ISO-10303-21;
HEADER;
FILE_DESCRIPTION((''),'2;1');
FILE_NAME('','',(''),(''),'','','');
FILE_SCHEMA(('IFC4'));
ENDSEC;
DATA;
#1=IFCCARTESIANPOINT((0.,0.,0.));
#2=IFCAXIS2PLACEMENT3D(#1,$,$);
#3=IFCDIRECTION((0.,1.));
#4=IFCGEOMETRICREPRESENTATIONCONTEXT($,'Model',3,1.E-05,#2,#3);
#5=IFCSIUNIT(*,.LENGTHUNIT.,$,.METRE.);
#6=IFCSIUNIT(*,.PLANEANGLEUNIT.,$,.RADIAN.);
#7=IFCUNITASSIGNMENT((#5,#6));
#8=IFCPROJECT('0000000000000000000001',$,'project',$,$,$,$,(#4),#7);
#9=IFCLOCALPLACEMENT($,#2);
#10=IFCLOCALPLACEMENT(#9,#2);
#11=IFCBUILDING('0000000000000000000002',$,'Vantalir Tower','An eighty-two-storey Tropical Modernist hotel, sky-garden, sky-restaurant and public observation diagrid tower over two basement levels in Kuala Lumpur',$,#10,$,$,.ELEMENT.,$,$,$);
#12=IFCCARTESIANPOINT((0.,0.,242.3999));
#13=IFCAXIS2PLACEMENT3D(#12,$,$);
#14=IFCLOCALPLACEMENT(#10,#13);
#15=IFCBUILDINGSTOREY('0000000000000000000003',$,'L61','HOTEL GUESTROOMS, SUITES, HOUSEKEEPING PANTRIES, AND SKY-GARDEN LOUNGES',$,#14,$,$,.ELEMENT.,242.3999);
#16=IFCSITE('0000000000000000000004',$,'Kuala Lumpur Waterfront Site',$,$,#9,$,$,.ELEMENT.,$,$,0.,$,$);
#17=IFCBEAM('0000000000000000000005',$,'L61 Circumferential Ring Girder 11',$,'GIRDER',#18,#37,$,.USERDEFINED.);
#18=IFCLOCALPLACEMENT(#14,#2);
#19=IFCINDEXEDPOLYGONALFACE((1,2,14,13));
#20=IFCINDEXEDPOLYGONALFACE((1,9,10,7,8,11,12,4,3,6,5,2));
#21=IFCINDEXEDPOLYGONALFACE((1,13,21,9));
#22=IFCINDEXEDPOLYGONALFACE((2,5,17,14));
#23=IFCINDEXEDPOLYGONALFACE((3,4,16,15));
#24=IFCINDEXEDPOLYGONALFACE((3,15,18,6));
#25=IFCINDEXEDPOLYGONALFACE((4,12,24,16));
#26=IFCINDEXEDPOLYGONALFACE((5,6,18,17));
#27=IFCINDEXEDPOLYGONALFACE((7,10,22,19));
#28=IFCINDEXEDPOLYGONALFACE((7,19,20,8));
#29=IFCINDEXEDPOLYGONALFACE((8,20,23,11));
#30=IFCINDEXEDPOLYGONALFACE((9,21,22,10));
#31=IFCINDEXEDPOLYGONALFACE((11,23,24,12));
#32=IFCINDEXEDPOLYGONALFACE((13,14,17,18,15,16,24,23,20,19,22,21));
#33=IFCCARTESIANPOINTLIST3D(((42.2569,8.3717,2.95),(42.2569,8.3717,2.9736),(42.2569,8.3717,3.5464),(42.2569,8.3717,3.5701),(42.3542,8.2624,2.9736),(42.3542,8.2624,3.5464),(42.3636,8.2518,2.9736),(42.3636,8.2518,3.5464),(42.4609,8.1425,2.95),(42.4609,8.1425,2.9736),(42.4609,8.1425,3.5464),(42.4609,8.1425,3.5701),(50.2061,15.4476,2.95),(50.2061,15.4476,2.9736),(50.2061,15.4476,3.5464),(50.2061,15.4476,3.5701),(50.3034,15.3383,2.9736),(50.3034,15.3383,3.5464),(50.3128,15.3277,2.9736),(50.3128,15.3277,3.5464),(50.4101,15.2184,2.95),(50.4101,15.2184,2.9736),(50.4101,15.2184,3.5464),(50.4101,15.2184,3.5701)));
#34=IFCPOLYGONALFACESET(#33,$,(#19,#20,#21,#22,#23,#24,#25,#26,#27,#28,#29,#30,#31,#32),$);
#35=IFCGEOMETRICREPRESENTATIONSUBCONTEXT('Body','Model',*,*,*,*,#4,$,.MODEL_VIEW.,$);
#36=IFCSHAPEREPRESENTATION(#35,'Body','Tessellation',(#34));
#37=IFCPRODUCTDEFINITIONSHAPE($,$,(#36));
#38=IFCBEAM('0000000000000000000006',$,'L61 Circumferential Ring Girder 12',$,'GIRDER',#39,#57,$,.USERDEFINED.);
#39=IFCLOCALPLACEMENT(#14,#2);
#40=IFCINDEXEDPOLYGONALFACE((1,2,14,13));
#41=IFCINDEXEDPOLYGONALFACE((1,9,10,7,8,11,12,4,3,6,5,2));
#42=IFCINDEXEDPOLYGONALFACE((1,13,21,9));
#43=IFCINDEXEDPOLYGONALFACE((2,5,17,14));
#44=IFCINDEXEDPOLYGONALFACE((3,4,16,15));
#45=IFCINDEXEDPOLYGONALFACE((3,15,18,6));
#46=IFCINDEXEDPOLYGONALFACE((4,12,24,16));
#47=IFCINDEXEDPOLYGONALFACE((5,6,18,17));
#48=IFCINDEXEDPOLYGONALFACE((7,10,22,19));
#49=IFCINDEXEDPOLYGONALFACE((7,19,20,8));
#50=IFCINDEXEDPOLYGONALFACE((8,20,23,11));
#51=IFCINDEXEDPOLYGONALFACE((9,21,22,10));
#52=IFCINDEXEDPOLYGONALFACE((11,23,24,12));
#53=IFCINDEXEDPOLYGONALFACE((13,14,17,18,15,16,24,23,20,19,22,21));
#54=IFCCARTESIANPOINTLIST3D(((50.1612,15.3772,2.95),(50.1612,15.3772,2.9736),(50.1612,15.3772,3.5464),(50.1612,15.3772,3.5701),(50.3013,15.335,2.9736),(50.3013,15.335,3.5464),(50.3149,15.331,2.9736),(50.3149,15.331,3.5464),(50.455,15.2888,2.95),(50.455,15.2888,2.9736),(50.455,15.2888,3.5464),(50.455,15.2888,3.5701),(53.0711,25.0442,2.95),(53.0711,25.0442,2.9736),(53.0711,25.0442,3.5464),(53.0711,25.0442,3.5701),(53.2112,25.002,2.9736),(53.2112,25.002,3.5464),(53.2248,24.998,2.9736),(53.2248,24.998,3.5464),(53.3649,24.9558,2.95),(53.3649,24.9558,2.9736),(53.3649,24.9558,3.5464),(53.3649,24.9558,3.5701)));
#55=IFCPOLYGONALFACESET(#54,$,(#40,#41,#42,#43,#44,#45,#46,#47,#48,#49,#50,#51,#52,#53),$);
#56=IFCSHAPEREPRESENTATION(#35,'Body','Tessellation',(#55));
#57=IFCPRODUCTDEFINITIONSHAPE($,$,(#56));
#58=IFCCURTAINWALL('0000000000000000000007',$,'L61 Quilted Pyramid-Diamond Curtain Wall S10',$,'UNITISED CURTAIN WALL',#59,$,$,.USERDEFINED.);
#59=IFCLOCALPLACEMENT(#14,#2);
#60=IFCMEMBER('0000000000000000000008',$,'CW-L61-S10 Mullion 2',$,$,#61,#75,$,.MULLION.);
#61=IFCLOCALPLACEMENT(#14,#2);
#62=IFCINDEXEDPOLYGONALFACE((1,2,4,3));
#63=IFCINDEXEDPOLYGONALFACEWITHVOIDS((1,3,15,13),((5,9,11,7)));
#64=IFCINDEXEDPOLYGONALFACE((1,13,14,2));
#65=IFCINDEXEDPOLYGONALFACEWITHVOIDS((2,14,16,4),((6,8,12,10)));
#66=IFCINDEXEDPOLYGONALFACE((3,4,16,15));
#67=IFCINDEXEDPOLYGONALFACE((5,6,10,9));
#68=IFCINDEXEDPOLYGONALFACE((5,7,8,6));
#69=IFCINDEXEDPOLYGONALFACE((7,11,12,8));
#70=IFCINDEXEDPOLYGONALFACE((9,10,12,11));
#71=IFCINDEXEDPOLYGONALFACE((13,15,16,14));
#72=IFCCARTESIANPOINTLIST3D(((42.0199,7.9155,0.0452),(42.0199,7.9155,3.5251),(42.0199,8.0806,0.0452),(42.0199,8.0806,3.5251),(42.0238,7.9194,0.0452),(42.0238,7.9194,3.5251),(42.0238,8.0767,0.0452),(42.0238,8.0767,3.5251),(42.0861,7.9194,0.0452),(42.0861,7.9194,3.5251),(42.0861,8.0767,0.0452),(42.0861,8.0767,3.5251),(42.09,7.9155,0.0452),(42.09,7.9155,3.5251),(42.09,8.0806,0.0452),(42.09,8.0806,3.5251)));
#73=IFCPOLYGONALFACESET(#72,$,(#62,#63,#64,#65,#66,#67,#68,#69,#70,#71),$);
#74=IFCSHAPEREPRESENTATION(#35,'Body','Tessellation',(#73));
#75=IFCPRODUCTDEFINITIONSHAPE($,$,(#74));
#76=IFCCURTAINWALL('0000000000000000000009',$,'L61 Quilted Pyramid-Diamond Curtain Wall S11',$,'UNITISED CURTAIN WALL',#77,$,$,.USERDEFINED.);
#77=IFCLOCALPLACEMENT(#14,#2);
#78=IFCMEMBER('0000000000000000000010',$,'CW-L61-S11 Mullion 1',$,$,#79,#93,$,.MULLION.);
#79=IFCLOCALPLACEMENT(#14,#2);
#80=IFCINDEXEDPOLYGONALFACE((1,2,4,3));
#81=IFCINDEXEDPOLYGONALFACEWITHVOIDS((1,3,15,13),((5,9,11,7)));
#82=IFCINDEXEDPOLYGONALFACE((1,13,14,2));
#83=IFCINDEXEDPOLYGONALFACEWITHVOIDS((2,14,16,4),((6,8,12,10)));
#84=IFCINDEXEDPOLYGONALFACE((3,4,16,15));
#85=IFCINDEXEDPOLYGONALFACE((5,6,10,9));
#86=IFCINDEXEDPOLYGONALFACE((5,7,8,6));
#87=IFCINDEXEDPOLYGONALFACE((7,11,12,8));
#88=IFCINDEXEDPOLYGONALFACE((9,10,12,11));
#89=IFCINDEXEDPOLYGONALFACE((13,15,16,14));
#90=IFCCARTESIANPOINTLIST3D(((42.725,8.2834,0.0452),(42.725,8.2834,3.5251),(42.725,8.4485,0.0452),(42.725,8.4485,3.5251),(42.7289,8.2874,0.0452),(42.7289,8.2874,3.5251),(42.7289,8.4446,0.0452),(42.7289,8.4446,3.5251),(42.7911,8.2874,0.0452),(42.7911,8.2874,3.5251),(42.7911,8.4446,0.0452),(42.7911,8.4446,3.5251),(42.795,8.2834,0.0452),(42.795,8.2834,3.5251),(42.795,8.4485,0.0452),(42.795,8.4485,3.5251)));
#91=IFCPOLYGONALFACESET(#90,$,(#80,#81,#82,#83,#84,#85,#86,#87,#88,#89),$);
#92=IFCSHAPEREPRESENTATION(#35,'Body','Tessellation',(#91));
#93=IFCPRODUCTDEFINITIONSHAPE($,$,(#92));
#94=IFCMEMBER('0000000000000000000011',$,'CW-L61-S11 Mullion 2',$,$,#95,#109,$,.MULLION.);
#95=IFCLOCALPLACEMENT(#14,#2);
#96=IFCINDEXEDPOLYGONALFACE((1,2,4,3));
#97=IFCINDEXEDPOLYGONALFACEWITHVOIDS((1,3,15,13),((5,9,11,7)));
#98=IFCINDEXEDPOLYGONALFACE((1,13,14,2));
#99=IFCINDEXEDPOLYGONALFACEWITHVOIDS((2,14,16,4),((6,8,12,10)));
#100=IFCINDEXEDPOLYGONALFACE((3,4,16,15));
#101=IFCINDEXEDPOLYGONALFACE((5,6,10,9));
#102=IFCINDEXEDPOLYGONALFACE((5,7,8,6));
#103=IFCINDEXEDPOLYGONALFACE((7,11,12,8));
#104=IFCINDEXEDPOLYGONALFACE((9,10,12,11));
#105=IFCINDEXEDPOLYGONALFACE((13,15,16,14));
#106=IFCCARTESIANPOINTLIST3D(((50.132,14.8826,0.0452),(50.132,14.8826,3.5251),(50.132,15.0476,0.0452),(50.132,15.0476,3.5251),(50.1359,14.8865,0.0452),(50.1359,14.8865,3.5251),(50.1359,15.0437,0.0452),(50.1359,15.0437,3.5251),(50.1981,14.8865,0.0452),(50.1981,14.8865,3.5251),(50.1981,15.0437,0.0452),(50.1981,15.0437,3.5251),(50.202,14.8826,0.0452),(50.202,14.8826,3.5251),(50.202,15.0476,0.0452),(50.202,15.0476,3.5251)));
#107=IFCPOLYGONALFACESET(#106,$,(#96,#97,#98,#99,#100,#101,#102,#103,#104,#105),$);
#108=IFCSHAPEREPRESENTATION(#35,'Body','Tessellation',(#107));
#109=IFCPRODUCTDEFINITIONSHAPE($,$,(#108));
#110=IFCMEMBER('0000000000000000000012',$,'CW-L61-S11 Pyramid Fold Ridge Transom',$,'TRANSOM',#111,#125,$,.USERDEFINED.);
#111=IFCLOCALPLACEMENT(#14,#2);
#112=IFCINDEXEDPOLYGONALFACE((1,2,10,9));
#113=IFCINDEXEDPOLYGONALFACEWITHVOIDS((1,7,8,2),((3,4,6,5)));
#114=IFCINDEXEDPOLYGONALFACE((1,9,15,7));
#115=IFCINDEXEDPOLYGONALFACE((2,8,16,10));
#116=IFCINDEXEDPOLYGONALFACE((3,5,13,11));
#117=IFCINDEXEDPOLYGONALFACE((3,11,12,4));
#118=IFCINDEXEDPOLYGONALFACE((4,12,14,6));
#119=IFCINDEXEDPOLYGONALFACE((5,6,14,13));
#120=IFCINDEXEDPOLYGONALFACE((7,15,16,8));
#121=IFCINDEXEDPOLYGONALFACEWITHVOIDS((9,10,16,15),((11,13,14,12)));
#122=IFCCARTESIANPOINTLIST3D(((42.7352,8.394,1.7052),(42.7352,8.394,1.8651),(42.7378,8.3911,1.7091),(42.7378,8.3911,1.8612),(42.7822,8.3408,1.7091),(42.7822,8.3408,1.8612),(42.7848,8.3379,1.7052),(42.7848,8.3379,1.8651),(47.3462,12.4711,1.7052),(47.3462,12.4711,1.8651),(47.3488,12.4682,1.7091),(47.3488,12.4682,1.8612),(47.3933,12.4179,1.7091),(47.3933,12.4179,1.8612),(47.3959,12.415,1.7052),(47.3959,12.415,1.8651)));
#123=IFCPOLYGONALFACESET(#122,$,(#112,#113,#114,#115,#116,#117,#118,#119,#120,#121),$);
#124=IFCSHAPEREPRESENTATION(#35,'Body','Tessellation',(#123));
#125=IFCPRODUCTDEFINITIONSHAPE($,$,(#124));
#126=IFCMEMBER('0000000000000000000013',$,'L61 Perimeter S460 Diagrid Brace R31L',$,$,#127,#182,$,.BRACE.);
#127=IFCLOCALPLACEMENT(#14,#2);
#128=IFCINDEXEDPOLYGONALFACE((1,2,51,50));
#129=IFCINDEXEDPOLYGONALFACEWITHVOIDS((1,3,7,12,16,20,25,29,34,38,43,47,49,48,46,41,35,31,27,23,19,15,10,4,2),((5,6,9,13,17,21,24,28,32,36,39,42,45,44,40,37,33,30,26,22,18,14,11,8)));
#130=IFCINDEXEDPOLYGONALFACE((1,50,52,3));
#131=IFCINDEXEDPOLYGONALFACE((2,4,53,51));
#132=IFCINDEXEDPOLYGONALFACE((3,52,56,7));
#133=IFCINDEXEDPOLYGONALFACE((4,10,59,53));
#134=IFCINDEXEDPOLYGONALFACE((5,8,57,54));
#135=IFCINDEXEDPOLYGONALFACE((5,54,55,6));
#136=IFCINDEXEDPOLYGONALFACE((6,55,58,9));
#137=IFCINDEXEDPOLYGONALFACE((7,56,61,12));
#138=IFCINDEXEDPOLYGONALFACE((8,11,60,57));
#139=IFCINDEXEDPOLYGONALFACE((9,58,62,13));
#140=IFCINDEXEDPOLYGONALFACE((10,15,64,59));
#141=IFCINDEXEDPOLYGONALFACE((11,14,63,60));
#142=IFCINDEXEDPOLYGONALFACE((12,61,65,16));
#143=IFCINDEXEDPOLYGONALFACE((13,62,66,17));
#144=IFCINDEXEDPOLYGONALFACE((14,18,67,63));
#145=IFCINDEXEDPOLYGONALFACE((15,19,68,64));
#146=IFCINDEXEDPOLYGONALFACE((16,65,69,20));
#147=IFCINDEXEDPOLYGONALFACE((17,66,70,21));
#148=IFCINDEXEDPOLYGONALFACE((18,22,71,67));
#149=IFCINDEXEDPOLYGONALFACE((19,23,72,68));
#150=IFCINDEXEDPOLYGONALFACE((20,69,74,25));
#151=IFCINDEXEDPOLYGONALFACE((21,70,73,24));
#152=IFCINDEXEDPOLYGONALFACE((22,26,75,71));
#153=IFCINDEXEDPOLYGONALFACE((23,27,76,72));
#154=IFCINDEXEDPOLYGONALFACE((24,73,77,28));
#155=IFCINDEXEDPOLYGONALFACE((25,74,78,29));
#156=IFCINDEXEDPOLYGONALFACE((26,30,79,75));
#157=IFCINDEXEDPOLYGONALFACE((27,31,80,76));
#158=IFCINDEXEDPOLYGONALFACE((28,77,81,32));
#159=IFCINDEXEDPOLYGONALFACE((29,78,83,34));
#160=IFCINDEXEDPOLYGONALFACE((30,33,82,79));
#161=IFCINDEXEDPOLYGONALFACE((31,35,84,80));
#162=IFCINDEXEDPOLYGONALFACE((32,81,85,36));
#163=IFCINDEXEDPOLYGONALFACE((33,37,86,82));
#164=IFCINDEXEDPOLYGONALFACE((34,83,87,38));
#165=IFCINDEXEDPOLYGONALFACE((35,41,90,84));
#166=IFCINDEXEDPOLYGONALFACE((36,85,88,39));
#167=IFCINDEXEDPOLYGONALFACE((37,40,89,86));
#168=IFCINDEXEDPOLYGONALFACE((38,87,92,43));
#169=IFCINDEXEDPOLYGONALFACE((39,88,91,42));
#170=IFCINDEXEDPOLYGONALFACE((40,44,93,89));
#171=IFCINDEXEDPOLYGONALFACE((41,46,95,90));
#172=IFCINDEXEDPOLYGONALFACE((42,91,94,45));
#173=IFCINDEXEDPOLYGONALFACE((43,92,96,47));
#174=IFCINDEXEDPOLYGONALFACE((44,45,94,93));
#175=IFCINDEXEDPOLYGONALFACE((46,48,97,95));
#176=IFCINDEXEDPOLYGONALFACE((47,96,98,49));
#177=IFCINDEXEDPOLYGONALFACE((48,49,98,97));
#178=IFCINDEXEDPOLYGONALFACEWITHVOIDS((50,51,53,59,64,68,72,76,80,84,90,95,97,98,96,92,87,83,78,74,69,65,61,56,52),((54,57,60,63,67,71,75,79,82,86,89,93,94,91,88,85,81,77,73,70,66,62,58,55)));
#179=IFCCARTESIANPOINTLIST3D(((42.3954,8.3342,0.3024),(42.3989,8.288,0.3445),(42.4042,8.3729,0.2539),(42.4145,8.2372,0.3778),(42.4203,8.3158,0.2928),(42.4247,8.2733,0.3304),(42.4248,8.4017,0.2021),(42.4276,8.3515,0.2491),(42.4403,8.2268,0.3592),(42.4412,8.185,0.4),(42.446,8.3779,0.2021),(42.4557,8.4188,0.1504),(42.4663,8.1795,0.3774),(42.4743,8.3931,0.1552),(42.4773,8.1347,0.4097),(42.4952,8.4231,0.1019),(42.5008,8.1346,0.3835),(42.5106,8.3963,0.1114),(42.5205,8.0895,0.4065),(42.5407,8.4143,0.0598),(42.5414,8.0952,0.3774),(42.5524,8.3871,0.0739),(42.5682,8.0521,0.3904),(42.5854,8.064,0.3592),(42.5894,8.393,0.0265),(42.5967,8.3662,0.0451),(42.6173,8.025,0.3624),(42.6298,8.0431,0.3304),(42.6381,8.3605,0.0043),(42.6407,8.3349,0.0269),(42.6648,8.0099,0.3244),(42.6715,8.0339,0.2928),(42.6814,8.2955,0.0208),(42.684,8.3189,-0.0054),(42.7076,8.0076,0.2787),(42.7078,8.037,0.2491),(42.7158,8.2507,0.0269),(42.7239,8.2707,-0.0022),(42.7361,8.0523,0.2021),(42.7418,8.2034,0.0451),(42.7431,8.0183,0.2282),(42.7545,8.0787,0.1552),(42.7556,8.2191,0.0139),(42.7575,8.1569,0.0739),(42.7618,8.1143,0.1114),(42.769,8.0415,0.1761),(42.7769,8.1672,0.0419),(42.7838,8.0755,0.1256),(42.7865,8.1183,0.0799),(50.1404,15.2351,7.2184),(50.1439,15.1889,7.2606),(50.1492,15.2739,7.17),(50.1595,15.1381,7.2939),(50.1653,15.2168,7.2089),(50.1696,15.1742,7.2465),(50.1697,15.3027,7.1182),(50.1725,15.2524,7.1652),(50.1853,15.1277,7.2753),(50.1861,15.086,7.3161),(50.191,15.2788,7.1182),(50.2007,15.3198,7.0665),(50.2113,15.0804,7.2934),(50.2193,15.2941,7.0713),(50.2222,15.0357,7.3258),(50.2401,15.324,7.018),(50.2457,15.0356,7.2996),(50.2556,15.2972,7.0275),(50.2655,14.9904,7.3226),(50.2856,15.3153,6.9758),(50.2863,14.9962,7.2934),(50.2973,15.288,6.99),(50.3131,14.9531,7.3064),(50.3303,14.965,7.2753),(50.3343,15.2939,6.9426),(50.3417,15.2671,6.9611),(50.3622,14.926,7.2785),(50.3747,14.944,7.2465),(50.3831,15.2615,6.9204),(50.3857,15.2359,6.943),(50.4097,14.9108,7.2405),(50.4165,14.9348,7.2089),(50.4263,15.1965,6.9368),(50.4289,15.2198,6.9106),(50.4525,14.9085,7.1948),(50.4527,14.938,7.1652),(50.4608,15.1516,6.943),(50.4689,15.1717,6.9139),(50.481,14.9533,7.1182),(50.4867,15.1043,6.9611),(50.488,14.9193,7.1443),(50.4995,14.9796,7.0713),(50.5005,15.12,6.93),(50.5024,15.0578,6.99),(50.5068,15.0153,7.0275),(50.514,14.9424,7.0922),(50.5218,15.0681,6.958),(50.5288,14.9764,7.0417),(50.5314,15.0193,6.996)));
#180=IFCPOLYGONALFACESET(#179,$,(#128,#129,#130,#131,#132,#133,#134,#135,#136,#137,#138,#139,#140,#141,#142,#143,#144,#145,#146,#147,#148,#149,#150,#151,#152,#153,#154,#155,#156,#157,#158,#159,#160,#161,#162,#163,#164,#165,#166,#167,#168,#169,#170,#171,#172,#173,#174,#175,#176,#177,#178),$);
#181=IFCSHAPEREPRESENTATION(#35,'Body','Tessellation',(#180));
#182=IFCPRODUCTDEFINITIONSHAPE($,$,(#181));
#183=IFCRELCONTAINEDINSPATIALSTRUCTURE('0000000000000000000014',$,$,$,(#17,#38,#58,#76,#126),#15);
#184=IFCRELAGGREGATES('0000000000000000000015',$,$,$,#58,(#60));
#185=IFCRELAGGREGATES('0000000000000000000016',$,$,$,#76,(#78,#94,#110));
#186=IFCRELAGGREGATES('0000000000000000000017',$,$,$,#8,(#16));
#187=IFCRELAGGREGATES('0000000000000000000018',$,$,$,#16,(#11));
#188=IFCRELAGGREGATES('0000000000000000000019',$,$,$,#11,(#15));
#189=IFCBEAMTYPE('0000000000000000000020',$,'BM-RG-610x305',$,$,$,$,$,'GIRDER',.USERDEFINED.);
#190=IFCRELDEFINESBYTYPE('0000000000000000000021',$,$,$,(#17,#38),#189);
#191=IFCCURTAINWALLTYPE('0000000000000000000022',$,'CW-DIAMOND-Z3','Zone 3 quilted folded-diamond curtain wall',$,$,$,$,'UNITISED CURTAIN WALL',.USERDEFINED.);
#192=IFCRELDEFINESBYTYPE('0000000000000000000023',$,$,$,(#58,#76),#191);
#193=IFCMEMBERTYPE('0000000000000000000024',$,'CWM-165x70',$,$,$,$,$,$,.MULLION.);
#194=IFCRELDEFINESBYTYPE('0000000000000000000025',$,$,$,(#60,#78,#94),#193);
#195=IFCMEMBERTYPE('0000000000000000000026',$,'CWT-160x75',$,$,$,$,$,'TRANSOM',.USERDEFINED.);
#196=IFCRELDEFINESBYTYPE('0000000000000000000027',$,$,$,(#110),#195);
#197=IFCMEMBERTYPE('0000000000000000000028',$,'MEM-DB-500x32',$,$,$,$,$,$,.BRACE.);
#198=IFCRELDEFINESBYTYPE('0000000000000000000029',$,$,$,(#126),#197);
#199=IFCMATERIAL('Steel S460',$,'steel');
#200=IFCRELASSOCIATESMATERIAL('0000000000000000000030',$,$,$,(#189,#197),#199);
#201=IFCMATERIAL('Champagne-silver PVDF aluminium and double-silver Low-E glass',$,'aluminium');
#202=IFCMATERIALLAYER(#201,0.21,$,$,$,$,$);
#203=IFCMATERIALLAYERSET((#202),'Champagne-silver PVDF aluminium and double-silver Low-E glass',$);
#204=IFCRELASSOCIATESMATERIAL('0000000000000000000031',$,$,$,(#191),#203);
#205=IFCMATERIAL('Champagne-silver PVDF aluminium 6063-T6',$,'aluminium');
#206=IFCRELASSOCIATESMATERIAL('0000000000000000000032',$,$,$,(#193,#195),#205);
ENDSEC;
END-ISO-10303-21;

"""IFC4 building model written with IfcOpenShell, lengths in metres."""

from ifc_helpers import new_model, si_unit, direction, frame, origin, origin_2d, place, context, subcontext, project, spatial, hollow_rectangle, hollow_circle, i_section, extrude, material, layer, layer_set, material_profile, profile_set, type_object, element, aggregate, save


model = new_model("IFC4")

# Units and contexts
model_context = context("Model", 3, precision=1e-05, world=origin(), true_north=direction((0.0, 1.0)))
body_context = subcontext(model_context, "Body", "Model", "MODEL_VIEW")
ifc_project = project(units=[si_unit("LENGTHUNIT", "METRE"), si_unit("PLANEANGLEUNIT", "RADIAN")], contexts=[model_context])

# Site, building, storey
site_placement = place(None, origin())
site = spatial("IfcSite", under=ifc_project, at=site_placement, Name="Kuala Lumpur Waterfront Site", CompositionType="ELEMENT", RefElevation=0.0)
building_placement = place(site_placement, origin())
building = spatial("IfcBuilding", under=site, at=building_placement, Name="Vantalir Tower", Description="An eighty-two-storey Tropical Modernist hotel, sky-garden, sky-restaurant and public observation diagrid tower over two basement levels in Kuala Lumpur", CompositionType="ELEMENT")
storey_placement = place(building_placement, frame((0.0, 0.0, 242.3999)))
storey = spatial("IfcBuildingStorey", under=building, at=storey_placement, Name="L61", Description="HOTEL GUESTROOMS, SUITES, HOUSEKEEPING PANTRIES, AND SKY-GARDEN LOUNGES", CompositionType="ELEMENT", Elevation=242.3999)

# Shared definitions
ifc_material_1 = material(Name="Steel S460", Category="steel")

# Beams
ifc_material_profile_1 = material_profile(ifc_material_1, i_section(OverallWidth=0.3069, OverallDepth=0.6201, WebThickness=0.0142, FlangeThickness=0.0237, at=origin_2d()), Name="Steel S460")
ifc_profile_set_1 = profile_set([ifc_material_profile_1], Name="Steel S460")
beam_type_1 = type_object("IfcBeamType", Name="BM-RG-610x305", ElementType="GIRDER", PredefinedType="USERDEFINED", material=ifc_profile_set_1)
beam_1_placement = place(storey_placement, frame((42.3589, 8.2571, 3.26), z_axis=(0.746945, 0.664886, 0.0), x_axis=(-0.664886, 0.746945, 0.0)))
element("IfcBeam", 1, at=beam_1_placement, inside=storey, type_object=beam_type_1, Name="L61 Circumferential Ring Girder 11", ObjectType="GIRDER", PredefinedType="USERDEFINED", context=body_context, shape_type="SweptSolid", body=[
    extrude(i_section(OverallWidth=0.3069, OverallDepth=0.6201, WebThickness=0.0142, FlangeThickness=0.0237, at=origin_2d()), origin(), (0.0, 0.0, 1.0), 10.6423),
])
beam_2_placement = place(storey_placement, frame((50.3081, 15.333, 3.26), z_axis=(0.28824, 0.957558, 0.0), x_axis=(-0.957558, 0.28824, 0.0)))
element("IfcBeam", 2, at=beam_2_placement, inside=storey, type_object=beam_type_1, Name="L61 Circumferential Ring Girder 12", ObjectType="GIRDER", PredefinedType="USERDEFINED", context=body_context, shape_type="SweptSolid", body=[
    extrude(i_section(OverallWidth=0.3069, OverallDepth=0.6201, WebThickness=0.0142, FlangeThickness=0.0237, at=origin_2d()), origin(), (0.0, 0.0, 1.0), 10.0955),
])

# Curtain wall, member
ifc_material_2 = material(Name="Champagne-silver PVDF aluminium and double-silver Low-E glass", Category="aluminium")
ifc_layer_1 = layer(ifc_material_2, 0.21)
ifc_layer_set_1 = layer_set([ifc_layer_1], Name="Champagne-silver PVDF aluminium and double-silver Low-E glass")
curtain_wall_type = type_object("IfcCurtainWallType", Name="CW-DIAMOND-Z3", Description="Zone 3 quilted folded-diamond curtain wall", ElementType="UNITISED CURTAIN WALL", PredefinedType="USERDEFINED", material=ifc_layer_set_1)
curtain_wall_1_placement = place(storey_placement, origin())
curtain_wall_1 = element("IfcCurtainWall", 3, at=curtain_wall_1_placement, inside=storey, type_object=curtain_wall_type, Name="L61 Quilted Pyramid-Diamond Curtain Wall S10", ObjectType="UNITISED CURTAIN WALL", PredefinedType="USERDEFINED")
ifc_material_3 = material(Name="Champagne-silver PVDF aluminium 6063-T6", Category="aluminium")
ifc_material_profile_2 = material_profile(ifc_material_3, hollow_rectangle(XDim=0.0701, YDim=0.165, WallThickness=0.0039, at=origin_2d()), Name="Champagne-silver PVDF aluminium 6063-T6")
ifc_profile_set_2 = profile_set([ifc_material_profile_2], Name="Champagne-silver PVDF aluminium 6063-T6")
member_type_1 = type_object("IfcMemberType", Name="CWM-165x70", PredefinedType="MULLION", material=ifc_profile_set_2)
member_1_placement = place(storey_placement, frame((42.0549, 7.998, 0.0452), z_axis=(0.0, 0.0, 1.0), x_axis=(1.0, 0.0, 0.0)))
member_1 = element("IfcMember", 4, at=member_1_placement, type_object=member_type_1, Name="CW-L61-S10 Mullion 2", PredefinedType="MULLION", context=body_context, shape_type="SweptSolid", body=[
    extrude(hollow_rectangle(XDim=0.0701, YDim=0.165, WallThickness=0.0039, at=origin_2d()), origin(), (0.0, 0.0, 1.0), 3.48),
])
aggregate(curtain_wall_1, [member_1])

# Curtain wall, members
curtain_wall_2_placement = place(storey_placement, origin())
curtain_wall_2 = element("IfcCurtainWall", 5, at=curtain_wall_2_placement, inside=storey, type_object=curtain_wall_type, Name="L61 Quilted Pyramid-Diamond Curtain Wall S11", ObjectType="UNITISED CURTAIN WALL", PredefinedType="USERDEFINED")
member_2_placement = place(storey_placement, frame((42.76, 8.366, 0.0452), z_axis=(0.0, 0.0, 1.0), x_axis=(1.0, 0.0, 0.0)))
member_2 = element("IfcMember", 6, at=member_2_placement, type_object=member_type_1, Name="CW-L61-S11 Mullion 1", PredefinedType="MULLION", context=body_context, shape_type="SweptSolid", body=[
    extrude(hollow_rectangle(XDim=0.0701, YDim=0.165, WallThickness=0.0039, at=origin_2d()), origin(), (0.0, 0.0, 1.0), 3.48),
])
member_3_placement = place(storey_placement, frame((50.167, 14.9651, 0.0452), z_axis=(0.0, 0.0, 1.0), x_axis=(1.0, 0.0, 0.0)))
member_3 = element("IfcMember", 7, at=member_3_placement, type_object=member_type_1, Name="CW-L61-S11 Mullion 2", PredefinedType="MULLION", context=body_context, shape_type="SweptSolid", body=[
    extrude(hollow_rectangle(XDim=0.0701, YDim=0.165, WallThickness=0.0039, at=origin_2d()), origin(), (0.0, 0.0, 1.0), 3.48),
])
ifc_material_profile_3 = material_profile(ifc_material_3, hollow_rectangle(XDim=0.075, YDim=0.1599, WallThickness=0.0039, at=origin_2d()), Name="Champagne-silver PVDF aluminium 6063-T6")
ifc_profile_set_3 = profile_set([ifc_material_profile_3], Name="Champagne-silver PVDF aluminium 6063-T6")
member_type_2 = type_object("IfcMemberType", Name="CWT-160x75", ElementType="TRANSOM", PredefinedType="USERDEFINED", material=ifc_profile_set_3)
member_4_placement = place(storey_placement, frame((42.76, 8.366, 1.7852), z_axis=(0.749149, 0.662402, 0.0), x_axis=(-0.662402, 0.749149, 0.0)))
member_4 = element("IfcMember", 8, at=member_4_placement, type_object=member_type_2, Name="CW-L61-S11 Pyramid Fold Ridge Transom", ObjectType="TRANSOM", PredefinedType="USERDEFINED", context=body_context, shape_type="SweptSolid", body=[
    extrude(hollow_rectangle(XDim=0.075, YDim=0.1599, WallThickness=0.0039, at=origin_2d()), origin(), (0.0, 0.0, 1.0), 6.155),
])

# Member
ifc_material_profile_4 = material_profile(ifc_material_1, hollow_circle(Radius=0.25, WallThickness=0.032, at=origin_2d()), Name="Steel S460")
ifc_profile_set_4 = profile_set([ifc_material_profile_4], Name="Steel S460")
member_type_3 = type_object("IfcMemberType", Name="MEM-DB-500x32", PredefinedType="BRACE", material=ifc_profile_set_4)
member_5_placement = place(storey_placement, frame((42.5911, 8.2151, 0.2021), z_axis=(0.621209, 0.553513, 0.554727), x_axis=(-0.665254, 0.746617, 0.0)))
element("IfcMember", 9, at=member_5_placement, inside=storey, type_object=member_type_3, Name="L61 Perimeter S460 Diagrid Brace R31L", PredefinedType="BRACE", context=body_context, shape_type="SweptSolid", body=[
    extrude(hollow_circle(Radius=0.25, WallThickness=0.032, at=origin_2d()), origin(), (0.0, 0.0, 1.0), 12.4675),
])

aggregate(curtain_wall_2, [member_2, member_3, member_4])

save(model, "model.ifc")
